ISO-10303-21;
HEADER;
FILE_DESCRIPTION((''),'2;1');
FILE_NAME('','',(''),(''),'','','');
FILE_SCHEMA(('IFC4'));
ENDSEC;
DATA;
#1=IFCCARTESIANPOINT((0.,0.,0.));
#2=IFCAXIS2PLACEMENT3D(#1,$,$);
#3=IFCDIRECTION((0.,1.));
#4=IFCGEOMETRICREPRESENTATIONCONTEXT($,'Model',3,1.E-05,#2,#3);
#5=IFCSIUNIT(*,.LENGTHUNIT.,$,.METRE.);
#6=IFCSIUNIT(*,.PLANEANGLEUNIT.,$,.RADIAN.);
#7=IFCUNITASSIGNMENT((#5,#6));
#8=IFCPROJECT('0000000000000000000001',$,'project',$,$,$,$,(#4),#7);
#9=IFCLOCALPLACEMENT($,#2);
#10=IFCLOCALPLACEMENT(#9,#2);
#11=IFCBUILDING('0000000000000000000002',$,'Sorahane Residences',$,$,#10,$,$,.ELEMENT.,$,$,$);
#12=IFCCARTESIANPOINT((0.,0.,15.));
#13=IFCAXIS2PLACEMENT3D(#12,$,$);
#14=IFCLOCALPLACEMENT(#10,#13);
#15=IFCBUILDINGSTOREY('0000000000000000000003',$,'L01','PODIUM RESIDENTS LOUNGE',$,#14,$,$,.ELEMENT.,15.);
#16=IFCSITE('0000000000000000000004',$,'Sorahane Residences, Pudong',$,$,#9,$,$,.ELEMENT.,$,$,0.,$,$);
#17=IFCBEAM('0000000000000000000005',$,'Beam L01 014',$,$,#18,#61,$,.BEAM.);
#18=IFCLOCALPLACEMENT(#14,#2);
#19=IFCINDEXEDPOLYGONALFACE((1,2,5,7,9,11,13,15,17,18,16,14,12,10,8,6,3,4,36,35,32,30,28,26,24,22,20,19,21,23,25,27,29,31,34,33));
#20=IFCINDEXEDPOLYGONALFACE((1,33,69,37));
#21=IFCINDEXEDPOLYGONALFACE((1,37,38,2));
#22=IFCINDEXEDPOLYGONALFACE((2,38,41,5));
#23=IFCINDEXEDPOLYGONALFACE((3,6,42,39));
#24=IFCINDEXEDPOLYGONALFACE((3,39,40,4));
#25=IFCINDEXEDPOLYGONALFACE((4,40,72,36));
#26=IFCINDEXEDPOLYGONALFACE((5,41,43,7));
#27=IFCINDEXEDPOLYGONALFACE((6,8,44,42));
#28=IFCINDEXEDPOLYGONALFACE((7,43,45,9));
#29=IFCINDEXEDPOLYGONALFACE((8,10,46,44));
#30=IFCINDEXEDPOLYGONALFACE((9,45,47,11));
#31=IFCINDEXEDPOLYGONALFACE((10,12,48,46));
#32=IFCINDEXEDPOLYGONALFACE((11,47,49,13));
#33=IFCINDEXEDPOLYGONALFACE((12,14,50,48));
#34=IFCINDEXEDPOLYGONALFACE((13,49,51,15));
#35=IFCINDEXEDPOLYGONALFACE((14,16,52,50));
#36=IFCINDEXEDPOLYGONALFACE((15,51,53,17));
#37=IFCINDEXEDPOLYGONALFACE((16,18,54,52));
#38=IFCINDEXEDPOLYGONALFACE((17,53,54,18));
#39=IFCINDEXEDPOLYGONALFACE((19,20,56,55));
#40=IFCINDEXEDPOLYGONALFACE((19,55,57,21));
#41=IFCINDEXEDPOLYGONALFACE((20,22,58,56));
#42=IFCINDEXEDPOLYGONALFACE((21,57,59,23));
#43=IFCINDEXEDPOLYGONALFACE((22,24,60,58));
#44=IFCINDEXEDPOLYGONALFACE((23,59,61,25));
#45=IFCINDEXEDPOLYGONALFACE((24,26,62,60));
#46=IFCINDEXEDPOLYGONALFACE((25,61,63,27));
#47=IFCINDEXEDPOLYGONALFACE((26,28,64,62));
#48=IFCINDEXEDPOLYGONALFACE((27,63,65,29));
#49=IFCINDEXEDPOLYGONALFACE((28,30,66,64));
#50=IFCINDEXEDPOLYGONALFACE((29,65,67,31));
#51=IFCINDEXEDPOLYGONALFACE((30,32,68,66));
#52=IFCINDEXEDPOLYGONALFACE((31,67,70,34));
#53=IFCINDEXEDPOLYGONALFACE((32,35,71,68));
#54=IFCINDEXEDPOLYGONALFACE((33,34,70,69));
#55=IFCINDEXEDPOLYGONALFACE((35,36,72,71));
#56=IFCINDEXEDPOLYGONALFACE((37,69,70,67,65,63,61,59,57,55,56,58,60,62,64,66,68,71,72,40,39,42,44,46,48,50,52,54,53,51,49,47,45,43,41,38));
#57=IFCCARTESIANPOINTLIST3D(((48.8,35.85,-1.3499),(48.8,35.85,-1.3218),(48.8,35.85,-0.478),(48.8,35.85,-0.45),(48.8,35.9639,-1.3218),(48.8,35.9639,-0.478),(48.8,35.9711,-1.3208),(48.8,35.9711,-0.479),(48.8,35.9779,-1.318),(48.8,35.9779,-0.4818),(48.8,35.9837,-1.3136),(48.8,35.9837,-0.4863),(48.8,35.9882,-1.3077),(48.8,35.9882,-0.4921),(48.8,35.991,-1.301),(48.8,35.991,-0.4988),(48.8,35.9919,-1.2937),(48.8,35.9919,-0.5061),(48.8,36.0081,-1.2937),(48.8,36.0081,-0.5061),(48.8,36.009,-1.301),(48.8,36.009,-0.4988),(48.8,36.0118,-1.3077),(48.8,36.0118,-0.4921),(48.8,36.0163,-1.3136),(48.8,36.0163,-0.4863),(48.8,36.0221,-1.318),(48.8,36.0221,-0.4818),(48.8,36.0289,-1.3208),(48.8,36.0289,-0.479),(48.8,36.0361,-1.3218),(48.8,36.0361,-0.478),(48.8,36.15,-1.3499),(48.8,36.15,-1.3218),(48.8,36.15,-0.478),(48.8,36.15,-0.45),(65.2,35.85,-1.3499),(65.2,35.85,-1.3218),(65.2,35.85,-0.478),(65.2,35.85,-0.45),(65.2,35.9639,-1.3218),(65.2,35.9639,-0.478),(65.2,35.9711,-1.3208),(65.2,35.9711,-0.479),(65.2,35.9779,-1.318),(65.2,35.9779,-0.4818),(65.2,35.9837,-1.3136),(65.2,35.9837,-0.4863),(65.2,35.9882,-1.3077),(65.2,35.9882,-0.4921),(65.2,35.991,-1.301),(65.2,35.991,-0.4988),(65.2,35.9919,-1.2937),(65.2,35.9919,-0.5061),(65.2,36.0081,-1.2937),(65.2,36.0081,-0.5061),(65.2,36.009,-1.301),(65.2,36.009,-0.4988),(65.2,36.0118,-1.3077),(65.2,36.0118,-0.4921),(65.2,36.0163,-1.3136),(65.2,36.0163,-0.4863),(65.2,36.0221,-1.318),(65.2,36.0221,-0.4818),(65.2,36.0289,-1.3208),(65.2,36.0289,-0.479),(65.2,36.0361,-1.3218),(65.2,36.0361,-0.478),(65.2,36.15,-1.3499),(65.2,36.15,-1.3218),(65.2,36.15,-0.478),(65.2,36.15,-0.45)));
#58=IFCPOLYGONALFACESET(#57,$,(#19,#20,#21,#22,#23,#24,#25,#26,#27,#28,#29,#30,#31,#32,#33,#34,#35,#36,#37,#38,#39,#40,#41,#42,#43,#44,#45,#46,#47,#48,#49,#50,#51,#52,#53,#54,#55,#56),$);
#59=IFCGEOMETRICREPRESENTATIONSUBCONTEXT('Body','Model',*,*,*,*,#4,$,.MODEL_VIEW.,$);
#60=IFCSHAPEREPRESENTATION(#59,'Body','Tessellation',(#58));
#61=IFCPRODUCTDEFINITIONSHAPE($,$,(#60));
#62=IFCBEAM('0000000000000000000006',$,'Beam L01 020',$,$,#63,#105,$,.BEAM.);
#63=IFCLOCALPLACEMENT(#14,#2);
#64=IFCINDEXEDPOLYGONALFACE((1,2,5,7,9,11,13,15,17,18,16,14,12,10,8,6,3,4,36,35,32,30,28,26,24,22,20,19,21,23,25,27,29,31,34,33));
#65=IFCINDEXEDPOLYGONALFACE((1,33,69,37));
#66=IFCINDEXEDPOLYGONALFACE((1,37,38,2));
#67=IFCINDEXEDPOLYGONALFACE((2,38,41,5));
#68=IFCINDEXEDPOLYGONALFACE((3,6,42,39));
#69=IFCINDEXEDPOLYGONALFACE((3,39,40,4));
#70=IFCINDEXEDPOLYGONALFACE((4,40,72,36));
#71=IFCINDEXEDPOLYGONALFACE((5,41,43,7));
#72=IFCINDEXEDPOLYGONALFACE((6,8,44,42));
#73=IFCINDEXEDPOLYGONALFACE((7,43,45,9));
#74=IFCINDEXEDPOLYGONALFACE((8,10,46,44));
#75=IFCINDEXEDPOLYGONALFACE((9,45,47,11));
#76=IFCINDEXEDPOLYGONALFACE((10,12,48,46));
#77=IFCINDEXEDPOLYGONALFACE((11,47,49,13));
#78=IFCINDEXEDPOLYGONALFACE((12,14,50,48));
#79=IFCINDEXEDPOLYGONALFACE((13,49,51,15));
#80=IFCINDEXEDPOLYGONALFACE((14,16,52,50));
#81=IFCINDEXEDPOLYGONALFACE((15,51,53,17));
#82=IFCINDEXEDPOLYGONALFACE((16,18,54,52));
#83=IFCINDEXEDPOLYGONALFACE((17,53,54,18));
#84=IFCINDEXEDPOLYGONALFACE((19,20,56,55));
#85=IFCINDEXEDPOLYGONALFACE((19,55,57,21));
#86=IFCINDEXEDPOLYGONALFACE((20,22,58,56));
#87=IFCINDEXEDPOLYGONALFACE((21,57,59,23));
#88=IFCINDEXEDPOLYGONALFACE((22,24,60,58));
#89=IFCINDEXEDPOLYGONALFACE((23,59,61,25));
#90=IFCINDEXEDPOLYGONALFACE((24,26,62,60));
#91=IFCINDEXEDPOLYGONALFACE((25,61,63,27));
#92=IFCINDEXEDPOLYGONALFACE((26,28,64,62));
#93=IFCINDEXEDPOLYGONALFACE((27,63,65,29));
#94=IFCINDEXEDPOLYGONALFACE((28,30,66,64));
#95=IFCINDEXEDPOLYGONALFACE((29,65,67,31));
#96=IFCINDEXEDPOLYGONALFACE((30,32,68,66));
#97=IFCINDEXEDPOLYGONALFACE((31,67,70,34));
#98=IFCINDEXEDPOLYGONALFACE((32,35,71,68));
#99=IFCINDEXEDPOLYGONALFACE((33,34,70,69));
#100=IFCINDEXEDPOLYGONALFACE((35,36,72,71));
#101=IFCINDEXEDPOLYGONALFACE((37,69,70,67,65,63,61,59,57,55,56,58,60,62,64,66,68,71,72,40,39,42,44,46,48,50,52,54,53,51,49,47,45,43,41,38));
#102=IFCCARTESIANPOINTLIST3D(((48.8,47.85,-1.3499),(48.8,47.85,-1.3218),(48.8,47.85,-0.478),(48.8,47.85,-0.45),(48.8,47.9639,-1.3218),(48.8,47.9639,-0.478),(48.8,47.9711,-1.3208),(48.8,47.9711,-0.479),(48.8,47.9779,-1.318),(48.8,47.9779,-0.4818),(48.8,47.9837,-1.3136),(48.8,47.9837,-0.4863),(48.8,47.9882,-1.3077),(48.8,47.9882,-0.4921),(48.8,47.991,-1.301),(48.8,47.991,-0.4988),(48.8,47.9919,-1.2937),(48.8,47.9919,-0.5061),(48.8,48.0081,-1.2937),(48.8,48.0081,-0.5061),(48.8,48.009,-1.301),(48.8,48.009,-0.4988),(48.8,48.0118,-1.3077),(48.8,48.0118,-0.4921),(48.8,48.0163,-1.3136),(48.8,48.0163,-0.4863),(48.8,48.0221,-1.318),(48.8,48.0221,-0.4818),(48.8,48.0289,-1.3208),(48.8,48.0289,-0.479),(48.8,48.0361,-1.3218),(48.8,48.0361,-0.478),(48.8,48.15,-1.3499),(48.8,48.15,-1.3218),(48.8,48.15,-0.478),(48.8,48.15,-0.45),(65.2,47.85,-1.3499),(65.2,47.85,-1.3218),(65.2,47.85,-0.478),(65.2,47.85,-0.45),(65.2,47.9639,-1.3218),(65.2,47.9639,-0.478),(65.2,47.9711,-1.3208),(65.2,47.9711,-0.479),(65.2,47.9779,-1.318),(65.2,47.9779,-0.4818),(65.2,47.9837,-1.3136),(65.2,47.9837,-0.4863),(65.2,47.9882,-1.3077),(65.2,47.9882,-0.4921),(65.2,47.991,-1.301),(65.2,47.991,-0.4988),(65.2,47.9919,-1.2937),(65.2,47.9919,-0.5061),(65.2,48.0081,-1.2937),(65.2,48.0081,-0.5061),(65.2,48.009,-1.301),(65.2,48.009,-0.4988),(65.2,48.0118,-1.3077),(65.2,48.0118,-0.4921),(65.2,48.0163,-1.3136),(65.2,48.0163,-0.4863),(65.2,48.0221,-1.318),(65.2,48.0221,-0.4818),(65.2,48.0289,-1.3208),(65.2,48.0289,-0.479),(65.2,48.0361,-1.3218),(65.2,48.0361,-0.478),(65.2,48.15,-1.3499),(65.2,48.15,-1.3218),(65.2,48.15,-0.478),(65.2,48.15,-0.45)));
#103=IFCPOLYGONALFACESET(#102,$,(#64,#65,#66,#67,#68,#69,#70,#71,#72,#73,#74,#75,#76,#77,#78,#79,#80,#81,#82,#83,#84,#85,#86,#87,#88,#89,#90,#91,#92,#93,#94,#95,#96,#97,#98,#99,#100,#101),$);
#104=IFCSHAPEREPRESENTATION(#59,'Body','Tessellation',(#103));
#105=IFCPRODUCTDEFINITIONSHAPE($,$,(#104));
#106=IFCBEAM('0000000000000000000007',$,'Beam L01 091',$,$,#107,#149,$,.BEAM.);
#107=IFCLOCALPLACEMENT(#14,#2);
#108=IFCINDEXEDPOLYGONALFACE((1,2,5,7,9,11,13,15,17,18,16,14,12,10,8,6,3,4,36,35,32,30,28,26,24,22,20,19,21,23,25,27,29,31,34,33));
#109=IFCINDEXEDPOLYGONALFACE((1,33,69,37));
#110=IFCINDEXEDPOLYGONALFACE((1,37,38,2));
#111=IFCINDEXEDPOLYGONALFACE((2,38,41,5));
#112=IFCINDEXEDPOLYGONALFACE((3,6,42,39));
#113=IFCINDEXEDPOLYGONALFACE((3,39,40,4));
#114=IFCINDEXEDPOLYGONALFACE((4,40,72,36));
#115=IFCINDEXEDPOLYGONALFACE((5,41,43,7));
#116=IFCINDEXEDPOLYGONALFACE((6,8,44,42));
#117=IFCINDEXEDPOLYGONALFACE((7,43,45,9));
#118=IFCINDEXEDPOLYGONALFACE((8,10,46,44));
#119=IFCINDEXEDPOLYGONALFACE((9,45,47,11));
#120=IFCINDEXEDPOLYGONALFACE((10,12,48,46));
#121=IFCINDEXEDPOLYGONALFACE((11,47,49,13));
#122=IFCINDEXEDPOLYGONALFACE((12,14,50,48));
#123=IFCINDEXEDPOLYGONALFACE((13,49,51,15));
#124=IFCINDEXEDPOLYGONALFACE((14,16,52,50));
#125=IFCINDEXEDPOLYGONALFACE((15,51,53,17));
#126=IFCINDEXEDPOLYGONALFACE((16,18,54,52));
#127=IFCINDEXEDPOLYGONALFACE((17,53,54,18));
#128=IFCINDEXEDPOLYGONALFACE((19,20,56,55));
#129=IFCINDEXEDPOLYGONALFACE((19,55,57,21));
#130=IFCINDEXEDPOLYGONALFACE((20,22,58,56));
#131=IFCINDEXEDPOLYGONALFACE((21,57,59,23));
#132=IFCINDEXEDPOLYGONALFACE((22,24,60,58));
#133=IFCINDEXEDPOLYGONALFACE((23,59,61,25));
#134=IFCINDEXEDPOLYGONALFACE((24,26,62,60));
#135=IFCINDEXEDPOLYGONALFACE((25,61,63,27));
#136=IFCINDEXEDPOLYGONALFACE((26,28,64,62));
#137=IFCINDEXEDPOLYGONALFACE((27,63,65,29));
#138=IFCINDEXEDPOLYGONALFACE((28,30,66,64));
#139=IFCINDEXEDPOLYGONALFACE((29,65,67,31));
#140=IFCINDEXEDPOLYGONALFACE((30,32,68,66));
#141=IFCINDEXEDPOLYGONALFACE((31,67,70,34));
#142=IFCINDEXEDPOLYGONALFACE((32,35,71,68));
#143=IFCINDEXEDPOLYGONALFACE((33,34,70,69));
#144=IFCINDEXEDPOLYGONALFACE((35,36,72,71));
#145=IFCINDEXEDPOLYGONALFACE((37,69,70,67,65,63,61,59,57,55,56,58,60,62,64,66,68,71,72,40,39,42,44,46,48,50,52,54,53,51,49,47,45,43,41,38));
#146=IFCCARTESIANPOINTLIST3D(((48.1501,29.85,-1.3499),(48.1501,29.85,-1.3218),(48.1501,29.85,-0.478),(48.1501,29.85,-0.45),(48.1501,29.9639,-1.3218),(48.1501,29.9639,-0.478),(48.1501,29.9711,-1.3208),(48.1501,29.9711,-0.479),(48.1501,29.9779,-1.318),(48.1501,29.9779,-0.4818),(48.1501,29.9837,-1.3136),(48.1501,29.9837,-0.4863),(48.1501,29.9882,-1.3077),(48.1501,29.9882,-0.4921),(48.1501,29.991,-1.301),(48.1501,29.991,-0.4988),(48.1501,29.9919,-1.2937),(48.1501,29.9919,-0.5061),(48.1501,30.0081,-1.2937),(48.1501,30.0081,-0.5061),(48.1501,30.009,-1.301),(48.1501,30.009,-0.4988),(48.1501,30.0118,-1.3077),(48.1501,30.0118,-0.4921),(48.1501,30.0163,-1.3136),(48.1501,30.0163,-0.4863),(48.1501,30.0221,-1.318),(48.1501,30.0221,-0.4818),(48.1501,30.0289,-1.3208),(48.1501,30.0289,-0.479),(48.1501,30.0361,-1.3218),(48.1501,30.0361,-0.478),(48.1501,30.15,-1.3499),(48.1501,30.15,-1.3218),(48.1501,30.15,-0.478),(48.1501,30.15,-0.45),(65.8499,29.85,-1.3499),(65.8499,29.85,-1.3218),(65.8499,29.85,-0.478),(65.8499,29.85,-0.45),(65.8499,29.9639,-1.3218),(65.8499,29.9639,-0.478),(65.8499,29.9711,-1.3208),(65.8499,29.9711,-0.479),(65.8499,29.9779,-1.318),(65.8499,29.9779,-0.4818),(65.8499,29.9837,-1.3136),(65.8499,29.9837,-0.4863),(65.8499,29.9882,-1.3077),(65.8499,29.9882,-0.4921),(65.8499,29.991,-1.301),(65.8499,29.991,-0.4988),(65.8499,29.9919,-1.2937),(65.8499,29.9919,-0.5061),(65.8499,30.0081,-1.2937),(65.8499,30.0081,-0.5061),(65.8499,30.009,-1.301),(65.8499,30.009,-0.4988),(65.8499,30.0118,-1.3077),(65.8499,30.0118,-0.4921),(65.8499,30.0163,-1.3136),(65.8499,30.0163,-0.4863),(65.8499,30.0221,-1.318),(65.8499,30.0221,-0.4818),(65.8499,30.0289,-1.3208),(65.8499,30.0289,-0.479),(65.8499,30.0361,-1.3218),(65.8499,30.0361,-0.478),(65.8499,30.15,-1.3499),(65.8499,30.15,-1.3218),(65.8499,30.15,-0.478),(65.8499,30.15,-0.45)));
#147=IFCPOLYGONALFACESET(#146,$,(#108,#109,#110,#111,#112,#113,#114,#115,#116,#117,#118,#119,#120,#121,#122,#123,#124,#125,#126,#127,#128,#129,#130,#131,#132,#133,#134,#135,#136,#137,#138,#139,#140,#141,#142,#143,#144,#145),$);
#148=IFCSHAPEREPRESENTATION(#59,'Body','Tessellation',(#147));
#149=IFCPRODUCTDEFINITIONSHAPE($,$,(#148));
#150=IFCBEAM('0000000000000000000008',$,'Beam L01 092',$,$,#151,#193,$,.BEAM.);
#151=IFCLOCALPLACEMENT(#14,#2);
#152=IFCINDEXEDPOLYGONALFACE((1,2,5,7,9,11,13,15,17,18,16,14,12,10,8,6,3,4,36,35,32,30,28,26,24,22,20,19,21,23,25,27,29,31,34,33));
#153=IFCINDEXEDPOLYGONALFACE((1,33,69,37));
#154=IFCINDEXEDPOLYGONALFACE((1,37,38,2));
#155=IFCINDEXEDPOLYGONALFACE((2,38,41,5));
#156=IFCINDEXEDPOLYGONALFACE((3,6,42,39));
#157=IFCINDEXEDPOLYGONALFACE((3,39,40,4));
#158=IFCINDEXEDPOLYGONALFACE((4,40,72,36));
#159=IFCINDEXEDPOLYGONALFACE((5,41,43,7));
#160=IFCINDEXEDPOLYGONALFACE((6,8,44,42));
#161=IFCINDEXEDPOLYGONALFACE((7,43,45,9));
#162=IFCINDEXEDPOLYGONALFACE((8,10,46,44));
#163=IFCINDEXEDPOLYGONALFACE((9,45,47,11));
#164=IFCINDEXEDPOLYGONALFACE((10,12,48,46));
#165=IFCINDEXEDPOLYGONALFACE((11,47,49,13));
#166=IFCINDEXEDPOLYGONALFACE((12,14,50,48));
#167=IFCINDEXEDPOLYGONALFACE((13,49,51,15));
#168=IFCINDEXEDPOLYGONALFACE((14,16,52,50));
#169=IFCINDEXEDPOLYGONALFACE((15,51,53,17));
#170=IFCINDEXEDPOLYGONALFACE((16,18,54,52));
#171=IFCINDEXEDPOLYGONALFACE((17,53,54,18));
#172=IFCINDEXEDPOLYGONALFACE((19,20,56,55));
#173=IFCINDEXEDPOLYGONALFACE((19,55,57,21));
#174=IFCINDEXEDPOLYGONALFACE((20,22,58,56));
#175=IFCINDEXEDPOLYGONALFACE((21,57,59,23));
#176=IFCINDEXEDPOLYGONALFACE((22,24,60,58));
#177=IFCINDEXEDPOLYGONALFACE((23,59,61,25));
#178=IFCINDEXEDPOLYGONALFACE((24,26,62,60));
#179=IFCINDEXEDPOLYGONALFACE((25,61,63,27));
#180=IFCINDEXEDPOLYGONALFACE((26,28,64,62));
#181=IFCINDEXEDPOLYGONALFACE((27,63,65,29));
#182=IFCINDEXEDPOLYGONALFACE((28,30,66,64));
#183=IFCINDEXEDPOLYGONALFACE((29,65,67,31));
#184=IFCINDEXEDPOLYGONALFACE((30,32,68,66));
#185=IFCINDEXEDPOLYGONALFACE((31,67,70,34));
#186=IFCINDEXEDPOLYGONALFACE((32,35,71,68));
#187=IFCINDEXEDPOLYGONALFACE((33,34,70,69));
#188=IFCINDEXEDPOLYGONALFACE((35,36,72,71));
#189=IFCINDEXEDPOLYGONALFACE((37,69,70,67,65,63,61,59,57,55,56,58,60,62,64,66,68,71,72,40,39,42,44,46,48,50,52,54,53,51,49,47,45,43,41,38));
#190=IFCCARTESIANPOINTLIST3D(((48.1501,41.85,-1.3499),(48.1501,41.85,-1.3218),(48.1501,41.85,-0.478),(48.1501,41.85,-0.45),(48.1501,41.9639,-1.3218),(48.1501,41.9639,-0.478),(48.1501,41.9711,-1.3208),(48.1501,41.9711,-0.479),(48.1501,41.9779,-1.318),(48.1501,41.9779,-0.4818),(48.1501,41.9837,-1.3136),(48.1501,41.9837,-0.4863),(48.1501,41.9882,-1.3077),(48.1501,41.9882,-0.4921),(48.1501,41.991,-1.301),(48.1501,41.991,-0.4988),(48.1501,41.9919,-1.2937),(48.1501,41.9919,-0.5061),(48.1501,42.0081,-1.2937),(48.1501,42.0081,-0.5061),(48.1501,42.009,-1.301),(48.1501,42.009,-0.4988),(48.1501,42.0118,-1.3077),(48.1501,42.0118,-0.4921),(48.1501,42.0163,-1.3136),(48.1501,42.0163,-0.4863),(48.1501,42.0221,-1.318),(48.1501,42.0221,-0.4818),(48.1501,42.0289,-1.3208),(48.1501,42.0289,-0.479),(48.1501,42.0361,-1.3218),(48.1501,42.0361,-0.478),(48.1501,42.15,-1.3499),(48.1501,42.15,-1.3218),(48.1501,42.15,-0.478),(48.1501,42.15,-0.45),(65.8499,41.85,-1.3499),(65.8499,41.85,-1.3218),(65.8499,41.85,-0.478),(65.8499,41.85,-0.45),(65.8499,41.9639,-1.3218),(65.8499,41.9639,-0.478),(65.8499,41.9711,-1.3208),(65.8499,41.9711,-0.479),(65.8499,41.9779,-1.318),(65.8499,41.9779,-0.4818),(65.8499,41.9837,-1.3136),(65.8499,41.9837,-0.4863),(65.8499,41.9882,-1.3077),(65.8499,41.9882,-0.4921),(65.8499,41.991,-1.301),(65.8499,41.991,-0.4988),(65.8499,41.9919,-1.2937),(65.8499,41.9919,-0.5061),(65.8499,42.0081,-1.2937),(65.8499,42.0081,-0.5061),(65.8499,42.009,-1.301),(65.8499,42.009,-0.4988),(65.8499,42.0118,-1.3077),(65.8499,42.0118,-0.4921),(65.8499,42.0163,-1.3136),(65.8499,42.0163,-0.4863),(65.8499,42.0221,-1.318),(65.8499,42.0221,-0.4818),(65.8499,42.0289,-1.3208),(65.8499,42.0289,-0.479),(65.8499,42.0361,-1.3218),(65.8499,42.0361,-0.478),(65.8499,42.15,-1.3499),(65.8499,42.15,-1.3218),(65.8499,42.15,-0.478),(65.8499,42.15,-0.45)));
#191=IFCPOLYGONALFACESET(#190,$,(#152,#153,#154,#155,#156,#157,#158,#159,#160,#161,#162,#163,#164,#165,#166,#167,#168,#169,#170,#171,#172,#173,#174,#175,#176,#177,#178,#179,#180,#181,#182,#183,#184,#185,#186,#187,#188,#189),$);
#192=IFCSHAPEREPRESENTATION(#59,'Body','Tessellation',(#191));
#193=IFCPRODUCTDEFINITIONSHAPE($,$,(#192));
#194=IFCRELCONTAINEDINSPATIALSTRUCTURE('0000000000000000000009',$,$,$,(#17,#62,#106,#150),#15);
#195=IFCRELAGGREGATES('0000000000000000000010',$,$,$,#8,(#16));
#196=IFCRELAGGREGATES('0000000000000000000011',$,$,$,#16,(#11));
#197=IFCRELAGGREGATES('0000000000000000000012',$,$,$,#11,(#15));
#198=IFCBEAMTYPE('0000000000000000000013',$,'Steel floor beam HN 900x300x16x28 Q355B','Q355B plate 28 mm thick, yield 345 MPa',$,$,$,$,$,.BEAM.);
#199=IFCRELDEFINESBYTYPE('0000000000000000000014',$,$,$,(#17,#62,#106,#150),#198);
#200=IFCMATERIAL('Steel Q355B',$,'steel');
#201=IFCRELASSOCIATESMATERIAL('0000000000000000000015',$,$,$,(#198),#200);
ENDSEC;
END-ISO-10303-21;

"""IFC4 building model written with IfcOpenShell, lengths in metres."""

from ifc_helpers import new_model, si_unit, direction, frame, origin, origin_2d, place, context, subcontext, project, spatial, i_section, extrude, material, material_profile, profile_set, type_object, element, save


model = new_model("IFC4")

# Units and contexts
model_context = context("Model", 3, precision=1e-05, world=origin(), true_north=direction((0.0, 1.0)))
body_context = subcontext(model_context, "Body", "Model", "MODEL_VIEW")
ifc_project = project(units=[si_unit("LENGTHUNIT", "METRE"), si_unit("PLANEANGLEUNIT", "RADIAN")], contexts=[model_context])

# Site, building, storey
site_placement = place(None, origin())
site = spatial("IfcSite", under=ifc_project, at=site_placement, Name="Sorahane Residences, Pudong", CompositionType="ELEMENT", RefElevation=0.0)
building_placement = place(site_placement, origin())
building = spatial("IfcBuilding", under=site, at=building_placement, Name="Sorahane Residences", CompositionType="ELEMENT")
storey_placement = place(building_placement, frame((0.0, 0.0, 15.0)))
storey = spatial("IfcBuildingStorey", under=building, at=storey_placement, Name="L01", Description="PODIUM RESIDENTS LOUNGE", CompositionType="ELEMENT", Elevation=15.0)

# Beams
ifc_material_1 = material(Name="Steel Q355B", Category="steel")
ifc_material_profile_1 = material_profile(ifc_material_1, i_section(OverallWidth=0.3, OverallDepth=0.8999, WebThickness=0.0161, FlangeThickness=0.0281, FilletRadius=0.0281, at=origin_2d()), Name="HN 900x300x16x28")
ifc_profile_set_1 = profile_set([ifc_material_profile_1], Name="Steel Q355B")
beam_type_1 = type_object("IfcBeamType", Name="Steel floor beam HN 900x300x16x28 Q355B", Description="Q355B plate 28 mm thick, yield 345 MPa", PredefinedType="BEAM", material=ifc_profile_set_1)
for number, where, z_axis, x_axis, name in (
    (1, (48.8, 36.0, -0.8999), (1.0, 0.0, 0.0), (0.0, 1.0, 0.0), "Beam L01 014"),
    (2, (48.8, 48.0, -0.8999), (1.0, 0.0, 0.0), (0.0, 1.0, 0.0), "Beam L01 020"),
):
    element("IfcBeam", number, at=place(storey_placement, frame(where, z_axis=z_axis, x_axis=x_axis)), inside=storey, type_object=beam_type_1, Name=name, PredefinedType="BEAM", context=body_context, shape_type="SweptSolid", body=[
        extrude(i_section(OverallWidth=0.3, OverallDepth=0.8999, WebThickness=0.0161, FlangeThickness=0.0281, FilletRadius=0.0281, at=origin_2d()), origin(), (0.0, 0.0, 1.0), 16.3999),
    ])
for number, where, z_axis, x_axis, name in (
    (3, (48.1501, 30.0, -0.8999), (1.0, 0.0, 0.0), (0.0, 1.0, 0.0), "Beam L01 091"),
    (4, (48.1501, 42.0, -0.8999), (1.0, 0.0, 0.0), (0.0, 1.0, 0.0), "Beam L01 092"),
):
    element("IfcBeam", number, at=place(storey_placement, frame(where, z_axis=z_axis, x_axis=x_axis)), inside=storey, type_object=beam_type_1, Name=name, PredefinedType="BEAM", context=body_context, shape_type="SweptSolid", body=[
        extrude(i_section(OverallWidth=0.3, OverallDepth=0.8999, WebThickness=0.0161, FlangeThickness=0.0281, FilletRadius=0.0281, at=origin_2d()), origin(), (0.0, 0.0, 1.0), 17.6997),
    ])

save(model, "model.ifc")
